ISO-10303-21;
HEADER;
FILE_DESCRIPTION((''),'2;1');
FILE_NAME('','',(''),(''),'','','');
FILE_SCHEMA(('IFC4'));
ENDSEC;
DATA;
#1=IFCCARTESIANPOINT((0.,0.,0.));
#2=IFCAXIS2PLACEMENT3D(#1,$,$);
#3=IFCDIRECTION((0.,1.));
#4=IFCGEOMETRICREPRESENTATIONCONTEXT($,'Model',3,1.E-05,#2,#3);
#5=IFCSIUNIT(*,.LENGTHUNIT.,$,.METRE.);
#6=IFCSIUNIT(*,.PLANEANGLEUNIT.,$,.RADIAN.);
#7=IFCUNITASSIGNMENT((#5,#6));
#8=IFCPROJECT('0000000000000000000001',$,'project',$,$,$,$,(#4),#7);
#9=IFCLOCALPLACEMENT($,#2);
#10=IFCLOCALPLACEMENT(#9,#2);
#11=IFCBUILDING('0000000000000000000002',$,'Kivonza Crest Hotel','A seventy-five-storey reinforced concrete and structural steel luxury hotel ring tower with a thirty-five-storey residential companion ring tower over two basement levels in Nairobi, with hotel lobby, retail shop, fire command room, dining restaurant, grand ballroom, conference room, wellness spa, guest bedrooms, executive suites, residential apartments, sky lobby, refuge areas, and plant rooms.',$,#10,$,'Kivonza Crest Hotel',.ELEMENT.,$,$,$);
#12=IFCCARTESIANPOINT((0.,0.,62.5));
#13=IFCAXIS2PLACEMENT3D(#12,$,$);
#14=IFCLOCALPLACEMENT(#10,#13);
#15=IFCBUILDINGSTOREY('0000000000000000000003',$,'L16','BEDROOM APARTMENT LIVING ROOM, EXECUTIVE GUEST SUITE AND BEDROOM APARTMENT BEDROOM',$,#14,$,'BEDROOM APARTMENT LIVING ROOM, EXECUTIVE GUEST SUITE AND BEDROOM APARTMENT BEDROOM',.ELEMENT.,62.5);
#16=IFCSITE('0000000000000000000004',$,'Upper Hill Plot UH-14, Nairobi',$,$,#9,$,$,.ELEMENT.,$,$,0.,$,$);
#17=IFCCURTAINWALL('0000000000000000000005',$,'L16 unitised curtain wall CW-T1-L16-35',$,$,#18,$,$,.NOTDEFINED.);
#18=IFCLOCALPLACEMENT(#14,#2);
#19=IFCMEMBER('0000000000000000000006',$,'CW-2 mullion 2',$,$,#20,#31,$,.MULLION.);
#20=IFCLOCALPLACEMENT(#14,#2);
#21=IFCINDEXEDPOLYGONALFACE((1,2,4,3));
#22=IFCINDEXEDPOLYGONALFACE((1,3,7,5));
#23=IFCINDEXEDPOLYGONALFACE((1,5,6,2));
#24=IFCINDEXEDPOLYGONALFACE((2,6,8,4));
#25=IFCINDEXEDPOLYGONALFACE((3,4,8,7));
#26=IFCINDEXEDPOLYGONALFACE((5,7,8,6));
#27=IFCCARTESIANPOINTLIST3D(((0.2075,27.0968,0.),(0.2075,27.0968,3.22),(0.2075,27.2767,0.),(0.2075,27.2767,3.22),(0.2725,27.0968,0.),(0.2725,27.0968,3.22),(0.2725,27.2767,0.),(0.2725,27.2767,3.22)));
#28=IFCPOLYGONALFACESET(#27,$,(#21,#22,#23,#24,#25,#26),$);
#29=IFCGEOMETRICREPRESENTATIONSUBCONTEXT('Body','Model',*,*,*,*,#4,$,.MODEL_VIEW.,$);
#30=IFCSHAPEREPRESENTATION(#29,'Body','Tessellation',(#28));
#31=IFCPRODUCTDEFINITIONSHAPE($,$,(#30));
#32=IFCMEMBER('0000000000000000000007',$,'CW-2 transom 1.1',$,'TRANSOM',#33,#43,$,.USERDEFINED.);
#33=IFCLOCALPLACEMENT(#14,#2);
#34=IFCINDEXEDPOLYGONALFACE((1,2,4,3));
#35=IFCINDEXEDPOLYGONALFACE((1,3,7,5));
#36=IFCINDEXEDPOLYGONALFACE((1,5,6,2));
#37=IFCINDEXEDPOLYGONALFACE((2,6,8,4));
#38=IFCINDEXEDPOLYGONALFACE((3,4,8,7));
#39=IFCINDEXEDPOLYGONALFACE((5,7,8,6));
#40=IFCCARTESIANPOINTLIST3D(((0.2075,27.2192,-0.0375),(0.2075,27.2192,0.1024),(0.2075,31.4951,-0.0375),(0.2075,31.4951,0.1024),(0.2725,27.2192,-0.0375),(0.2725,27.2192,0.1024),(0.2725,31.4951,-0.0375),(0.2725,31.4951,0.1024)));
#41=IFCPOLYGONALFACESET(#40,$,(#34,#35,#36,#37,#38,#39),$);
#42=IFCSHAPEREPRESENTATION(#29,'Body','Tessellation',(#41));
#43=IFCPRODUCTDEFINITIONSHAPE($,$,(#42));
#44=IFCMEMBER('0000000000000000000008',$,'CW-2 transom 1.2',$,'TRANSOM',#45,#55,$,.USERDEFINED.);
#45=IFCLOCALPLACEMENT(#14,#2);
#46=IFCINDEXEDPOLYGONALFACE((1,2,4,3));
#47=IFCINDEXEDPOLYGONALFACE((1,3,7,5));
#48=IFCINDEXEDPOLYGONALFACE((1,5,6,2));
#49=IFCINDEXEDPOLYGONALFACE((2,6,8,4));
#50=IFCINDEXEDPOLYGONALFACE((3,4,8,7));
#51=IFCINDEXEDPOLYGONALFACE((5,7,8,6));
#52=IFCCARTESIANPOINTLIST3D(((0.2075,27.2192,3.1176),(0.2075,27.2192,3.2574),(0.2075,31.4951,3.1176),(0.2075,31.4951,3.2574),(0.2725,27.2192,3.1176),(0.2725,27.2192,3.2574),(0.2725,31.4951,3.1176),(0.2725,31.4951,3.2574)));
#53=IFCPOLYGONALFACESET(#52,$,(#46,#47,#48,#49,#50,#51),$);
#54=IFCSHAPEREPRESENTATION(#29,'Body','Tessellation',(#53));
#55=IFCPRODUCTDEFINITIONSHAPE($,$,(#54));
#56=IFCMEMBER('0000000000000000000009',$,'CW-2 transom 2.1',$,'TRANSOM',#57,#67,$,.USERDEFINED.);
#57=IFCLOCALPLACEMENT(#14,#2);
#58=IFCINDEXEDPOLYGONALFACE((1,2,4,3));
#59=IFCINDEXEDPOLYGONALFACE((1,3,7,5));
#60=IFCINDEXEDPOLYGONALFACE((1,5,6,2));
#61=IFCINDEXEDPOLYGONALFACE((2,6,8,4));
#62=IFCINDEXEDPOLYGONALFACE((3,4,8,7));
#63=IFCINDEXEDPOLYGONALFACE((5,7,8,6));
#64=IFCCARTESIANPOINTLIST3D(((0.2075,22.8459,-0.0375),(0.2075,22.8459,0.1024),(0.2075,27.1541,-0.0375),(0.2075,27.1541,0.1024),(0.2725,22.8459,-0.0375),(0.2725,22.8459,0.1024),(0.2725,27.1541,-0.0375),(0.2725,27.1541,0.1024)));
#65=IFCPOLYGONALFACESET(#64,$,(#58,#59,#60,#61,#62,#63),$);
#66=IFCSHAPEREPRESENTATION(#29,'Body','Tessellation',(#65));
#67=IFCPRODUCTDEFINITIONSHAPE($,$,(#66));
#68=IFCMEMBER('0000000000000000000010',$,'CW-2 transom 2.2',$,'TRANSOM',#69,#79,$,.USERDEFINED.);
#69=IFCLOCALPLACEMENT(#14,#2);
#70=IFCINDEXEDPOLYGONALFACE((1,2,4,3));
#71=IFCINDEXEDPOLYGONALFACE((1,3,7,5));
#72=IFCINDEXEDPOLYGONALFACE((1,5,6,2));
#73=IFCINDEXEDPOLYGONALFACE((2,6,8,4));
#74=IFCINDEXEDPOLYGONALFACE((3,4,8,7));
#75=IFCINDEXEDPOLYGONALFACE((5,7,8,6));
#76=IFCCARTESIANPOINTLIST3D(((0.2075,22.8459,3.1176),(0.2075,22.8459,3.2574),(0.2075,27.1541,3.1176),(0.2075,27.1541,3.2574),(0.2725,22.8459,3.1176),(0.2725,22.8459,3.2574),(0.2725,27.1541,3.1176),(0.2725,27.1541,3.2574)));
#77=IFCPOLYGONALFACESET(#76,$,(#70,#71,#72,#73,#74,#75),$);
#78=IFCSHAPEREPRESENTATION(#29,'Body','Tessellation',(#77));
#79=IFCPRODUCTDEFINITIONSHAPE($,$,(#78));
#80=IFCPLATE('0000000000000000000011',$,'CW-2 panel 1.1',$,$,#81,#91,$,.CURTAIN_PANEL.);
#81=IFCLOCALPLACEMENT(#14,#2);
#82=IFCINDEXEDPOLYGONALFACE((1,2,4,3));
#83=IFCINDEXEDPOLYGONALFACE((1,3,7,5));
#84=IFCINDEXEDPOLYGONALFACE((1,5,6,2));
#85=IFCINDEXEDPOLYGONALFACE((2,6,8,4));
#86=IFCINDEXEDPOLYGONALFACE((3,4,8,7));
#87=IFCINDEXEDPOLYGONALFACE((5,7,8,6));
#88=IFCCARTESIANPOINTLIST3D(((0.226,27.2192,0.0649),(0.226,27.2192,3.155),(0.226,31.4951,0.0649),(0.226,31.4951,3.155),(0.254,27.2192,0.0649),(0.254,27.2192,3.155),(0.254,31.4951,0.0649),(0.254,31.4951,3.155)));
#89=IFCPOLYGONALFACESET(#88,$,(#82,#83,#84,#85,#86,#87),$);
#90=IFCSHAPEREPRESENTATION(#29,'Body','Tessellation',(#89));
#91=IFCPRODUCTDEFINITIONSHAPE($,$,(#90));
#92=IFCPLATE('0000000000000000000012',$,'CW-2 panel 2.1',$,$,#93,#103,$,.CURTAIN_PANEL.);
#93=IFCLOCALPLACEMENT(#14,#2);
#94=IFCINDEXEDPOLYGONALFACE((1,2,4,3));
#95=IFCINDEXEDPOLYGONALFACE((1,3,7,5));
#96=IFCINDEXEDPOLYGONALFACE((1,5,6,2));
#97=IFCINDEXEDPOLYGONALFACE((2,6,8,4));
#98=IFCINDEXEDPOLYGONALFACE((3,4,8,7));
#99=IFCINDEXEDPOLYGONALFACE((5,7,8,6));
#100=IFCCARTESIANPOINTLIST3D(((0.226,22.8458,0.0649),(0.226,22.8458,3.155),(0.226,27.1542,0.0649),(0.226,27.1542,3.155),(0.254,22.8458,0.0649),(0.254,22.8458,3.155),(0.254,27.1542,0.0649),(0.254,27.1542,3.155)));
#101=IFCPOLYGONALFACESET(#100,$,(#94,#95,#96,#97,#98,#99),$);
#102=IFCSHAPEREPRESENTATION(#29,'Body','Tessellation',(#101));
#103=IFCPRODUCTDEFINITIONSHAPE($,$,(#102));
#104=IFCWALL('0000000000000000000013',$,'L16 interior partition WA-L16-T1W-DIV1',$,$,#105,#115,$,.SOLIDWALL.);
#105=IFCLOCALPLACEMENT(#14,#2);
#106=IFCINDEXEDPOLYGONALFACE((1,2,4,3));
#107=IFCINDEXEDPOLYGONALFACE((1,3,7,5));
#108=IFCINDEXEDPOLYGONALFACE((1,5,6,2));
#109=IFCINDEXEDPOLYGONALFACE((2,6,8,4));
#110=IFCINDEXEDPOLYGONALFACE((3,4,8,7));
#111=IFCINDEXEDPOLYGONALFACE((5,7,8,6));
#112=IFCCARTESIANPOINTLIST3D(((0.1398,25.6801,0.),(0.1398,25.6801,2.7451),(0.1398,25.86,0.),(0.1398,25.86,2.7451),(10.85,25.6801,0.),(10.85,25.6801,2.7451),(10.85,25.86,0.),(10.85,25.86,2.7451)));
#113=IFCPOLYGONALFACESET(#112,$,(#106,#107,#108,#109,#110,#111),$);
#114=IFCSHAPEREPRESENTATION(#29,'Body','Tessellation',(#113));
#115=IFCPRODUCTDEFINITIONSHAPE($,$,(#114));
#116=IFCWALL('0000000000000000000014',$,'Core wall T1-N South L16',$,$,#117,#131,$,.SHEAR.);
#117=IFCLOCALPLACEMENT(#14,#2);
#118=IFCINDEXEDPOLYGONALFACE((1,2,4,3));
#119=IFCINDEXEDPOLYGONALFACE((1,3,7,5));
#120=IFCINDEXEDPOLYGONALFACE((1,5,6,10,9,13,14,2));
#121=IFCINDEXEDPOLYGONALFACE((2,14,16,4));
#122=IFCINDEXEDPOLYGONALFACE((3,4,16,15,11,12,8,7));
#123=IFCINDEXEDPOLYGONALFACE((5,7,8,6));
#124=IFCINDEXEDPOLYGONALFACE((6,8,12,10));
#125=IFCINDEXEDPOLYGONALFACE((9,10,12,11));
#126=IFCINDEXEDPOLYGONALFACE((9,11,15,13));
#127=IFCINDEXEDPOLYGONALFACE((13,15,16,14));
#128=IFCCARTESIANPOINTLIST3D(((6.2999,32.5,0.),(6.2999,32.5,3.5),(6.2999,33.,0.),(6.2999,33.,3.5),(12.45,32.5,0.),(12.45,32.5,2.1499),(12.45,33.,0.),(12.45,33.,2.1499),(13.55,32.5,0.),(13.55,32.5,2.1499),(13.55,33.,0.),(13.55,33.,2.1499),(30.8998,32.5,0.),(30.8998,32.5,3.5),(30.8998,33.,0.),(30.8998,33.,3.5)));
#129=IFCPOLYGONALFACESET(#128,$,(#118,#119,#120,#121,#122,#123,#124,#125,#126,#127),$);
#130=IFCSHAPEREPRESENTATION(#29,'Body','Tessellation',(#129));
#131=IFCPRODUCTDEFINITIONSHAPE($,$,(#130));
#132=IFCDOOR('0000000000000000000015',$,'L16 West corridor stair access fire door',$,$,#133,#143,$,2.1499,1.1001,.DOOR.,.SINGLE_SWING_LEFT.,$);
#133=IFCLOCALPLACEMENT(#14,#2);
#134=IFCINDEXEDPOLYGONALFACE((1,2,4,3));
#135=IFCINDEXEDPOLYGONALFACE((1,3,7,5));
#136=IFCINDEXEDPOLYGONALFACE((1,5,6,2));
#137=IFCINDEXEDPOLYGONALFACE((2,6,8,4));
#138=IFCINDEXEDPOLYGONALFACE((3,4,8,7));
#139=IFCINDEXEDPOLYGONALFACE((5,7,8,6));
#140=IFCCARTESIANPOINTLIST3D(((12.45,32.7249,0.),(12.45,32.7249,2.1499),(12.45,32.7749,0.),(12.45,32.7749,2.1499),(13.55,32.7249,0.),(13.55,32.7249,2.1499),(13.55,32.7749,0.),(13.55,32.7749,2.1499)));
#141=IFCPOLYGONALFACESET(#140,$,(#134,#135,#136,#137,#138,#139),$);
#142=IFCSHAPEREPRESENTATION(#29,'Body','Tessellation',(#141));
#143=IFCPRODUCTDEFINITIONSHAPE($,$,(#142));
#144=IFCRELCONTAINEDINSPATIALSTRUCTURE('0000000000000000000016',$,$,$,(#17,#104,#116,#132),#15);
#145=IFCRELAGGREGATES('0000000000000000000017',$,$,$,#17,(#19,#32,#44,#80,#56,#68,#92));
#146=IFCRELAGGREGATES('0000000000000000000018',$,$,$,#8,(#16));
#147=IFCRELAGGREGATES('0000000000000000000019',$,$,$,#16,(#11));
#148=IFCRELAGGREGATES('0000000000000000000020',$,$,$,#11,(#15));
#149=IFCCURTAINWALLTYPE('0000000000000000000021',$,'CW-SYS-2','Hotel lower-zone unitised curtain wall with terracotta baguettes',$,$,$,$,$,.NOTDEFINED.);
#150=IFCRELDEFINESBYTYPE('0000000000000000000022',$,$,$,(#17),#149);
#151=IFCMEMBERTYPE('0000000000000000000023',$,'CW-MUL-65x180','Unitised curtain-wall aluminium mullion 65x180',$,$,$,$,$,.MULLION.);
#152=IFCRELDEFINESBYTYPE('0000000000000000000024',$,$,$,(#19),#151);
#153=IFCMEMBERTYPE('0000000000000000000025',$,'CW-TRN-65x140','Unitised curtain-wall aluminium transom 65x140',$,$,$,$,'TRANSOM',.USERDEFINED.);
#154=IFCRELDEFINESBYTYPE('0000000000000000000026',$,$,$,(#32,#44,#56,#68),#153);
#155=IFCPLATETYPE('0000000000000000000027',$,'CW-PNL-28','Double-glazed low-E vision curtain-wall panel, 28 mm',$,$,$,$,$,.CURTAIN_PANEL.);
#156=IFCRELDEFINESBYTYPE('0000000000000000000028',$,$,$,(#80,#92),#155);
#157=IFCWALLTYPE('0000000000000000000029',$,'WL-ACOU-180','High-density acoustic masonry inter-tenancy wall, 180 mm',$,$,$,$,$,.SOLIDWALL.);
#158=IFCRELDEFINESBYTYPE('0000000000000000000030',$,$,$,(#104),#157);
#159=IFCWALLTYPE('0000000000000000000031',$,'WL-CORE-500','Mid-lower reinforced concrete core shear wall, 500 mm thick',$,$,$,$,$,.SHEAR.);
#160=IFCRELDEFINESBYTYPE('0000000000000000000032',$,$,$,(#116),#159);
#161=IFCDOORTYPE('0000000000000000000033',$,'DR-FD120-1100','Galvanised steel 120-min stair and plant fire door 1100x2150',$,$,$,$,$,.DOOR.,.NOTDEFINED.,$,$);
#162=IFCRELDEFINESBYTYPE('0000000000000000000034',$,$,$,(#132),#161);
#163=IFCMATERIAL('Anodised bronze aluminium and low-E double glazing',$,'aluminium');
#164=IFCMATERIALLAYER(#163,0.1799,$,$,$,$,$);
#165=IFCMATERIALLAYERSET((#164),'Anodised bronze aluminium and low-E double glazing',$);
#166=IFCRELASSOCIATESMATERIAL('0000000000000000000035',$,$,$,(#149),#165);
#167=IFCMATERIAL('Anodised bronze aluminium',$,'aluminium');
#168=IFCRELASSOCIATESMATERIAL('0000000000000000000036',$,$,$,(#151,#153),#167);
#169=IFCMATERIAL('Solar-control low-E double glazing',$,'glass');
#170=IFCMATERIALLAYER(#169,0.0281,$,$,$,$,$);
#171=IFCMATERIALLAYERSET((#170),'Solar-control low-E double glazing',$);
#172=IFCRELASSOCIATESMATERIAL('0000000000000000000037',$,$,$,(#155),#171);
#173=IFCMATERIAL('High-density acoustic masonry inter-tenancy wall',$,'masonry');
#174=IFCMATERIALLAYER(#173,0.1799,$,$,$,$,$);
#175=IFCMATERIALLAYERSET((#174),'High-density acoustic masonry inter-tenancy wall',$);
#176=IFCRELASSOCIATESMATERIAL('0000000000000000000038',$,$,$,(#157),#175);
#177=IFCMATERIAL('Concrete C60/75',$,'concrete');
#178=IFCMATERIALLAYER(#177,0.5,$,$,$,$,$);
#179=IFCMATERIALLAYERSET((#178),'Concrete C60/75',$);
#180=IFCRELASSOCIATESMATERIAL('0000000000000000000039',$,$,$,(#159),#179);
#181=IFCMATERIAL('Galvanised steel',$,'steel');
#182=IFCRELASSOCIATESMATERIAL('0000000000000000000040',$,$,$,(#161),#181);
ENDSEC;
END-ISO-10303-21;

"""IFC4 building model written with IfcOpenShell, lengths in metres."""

from ifc_helpers import new_model, si_unit, direction, frame, frame_2d, origin, origin_2d, place, context, subcontext, project, spatial, rectangle, extrude, material, layer, layer_set, material_profile, profile_set, type_object, element, fill, aggregate, save


model = new_model("IFC4")

# Units and contexts
model_context = context("Model", 3, precision=1e-05, world=origin(), true_north=direction((0.0, 1.0)))
body_context = subcontext(model_context, "Body", "Model", "MODEL_VIEW")
ifc_project = project(units=[si_unit("LENGTHUNIT", "METRE"), si_unit("PLANEANGLEUNIT", "RADIAN")], contexts=[model_context])

# Site, building, storey
site_placement = place(None, origin())
site = spatial("IfcSite", under=ifc_project, at=site_placement, Name="Upper Hill Plot UH-14, Nairobi", CompositionType="ELEMENT", RefElevation=0.0)
building_placement = place(site_placement, origin())
building = spatial("IfcBuilding", under=site, at=building_placement, Name="Kivonza Crest Hotel", Description="A seventy-five-storey reinforced concrete and structural steel luxury hotel ring tower with a thirty-five-storey residential companion ring tower over two basement levels in Nairobi, with hotel lobby, retail shop, fire command room, dining restaurant, grand ballroom, conference room, wellness spa, guest bedrooms, executive suites, residential apartments, sky lobby, refuge areas, and plant rooms.", LongName="Kivonza Crest Hotel", CompositionType="ELEMENT")
storey_placement = place(building_placement, frame((0.0, 0.0, 62.5)))
storey = spatial("IfcBuildingStorey", under=building, at=storey_placement, Name="L16", Description="BEDROOM APARTMENT LIVING ROOM, EXECUTIVE GUEST SUITE AND BEDROOM APARTMENT BEDROOM", LongName="BEDROOM APARTMENT LIVING ROOM, EXECUTIVE GUEST SUITE AND BEDROOM APARTMENT BEDROOM", CompositionType="ELEMENT", Elevation=62.5)

# Shared definitions
ifc_material_1 = material(Name="Concrete C60/75", Category="concrete")

# Curtain wall, members, plates
ifc_material_2 = material(Name="Anodised bronze aluminium and low-E double glazing", Category="aluminium")
ifc_layer_1 = layer(ifc_material_2, 0.1799)
ifc_layer_set_1 = layer_set([ifc_layer_1], Name="Anodised bronze aluminium and low-E double glazing")
curtain_wall_type = type_object("IfcCurtainWallType", Name="CW-SYS-2", Description="Hotel lower-zone unitised curtain wall with terracotta baguettes", PredefinedType="NOTDEFINED", material=ifc_layer_set_1)
curtain_wall_placement = place(storey_placement, origin())
curtain_wall = element("IfcCurtainWall", 1, at=curtain_wall_placement, inside=storey, type_object=curtain_wall_type, Name="L16 unitised curtain wall CW-T1-L16-35", PredefinedType="NOTDEFINED")
ifc_material_3 = material(Name="Anodised bronze aluminium", Category="aluminium")
ifc_material_profile_1 = material_profile(ifc_material_3, rectangle(XDim=0.0649, YDim=0.1799, at=origin_2d()), Name="CW-M 65x180")
ifc_profile_set_1 = profile_set([ifc_material_profile_1], Name="Anodised bronze aluminium")
member_type_1 = type_object("IfcMemberType", Name="CW-MUL-65x180", Description="Unitised curtain-wall aluminium mullion 65x180", PredefinedType="MULLION", material=ifc_profile_set_1)
member_1_placement = place(storey_placement, frame((0.24, 27.1868, 0.0), z_axis=(0.0, 0.0, 1.0), x_axis=(1.0, 0.0, 0.0)))
member_1 = element("IfcMember", 2, at=member_1_placement, type_object=member_type_1, Name="CW-2 mullion 2", PredefinedType="MULLION", context=body_context, shape_type="SweptSolid", body=[
    extrude(rectangle(XDim=0.0649, YDim=0.1799, at=origin_2d()), origin(), (0.0, 0.0, 1.0), 3.22),
])
ifc_material_profile_2 = material_profile(ifc_material_3, rectangle(XDim=0.0649, YDim=0.1399, at=origin_2d()), Name="CW-T 65x140")
ifc_profile_set_2 = profile_set([ifc_material_profile_2], Name="Anodised bronze aluminium")
member_type_2 = type_object("IfcMemberType", Name="CW-TRN-65x140", Description="Unitised curtain-wall aluminium transom 65x140", ElementType="TRANSOM", PredefinedType="USERDEFINED", material=ifc_profile_set_2)
member_2_placement = place(storey_placement, frame((0.24, 31.4951, 0.0325), z_axis=(0.0, -1.0, 0.0), x_axis=(1.0, 0.0, 0.0)))
member_2 = element("IfcMember", 3, at=member_2_placement, type_object=member_type_2, Name="CW-2 transom 1.1", ObjectType="TRANSOM", PredefinedType="USERDEFINED", context=body_context, shape_type="SweptSolid", body=[
    extrude(rectangle(XDim=0.0649, YDim=0.1399, at=origin_2d()), origin(), (0.0, 0.0, 1.0), 4.2759),
])
member_3_placement = place(storey_placement, frame((0.24, 31.4951, 3.1875), z_axis=(0.0, -1.0, 0.0), x_axis=(1.0, 0.0, 0.0)))
member_3 = element("IfcMember", 4, at=member_3_placement, type_object=member_type_2, Name="CW-2 transom 1.2", ObjectType="TRANSOM", PredefinedType="USERDEFINED", context=body_context, shape_type="SweptSolid", body=[
    extrude(rectangle(XDim=0.0649, YDim=0.1399, at=origin_2d()), origin(), (0.0, 0.0, 1.0), 4.2759),
])
member_4_placement = place(storey_placement, frame((0.24, 27.1541, 0.0325), z_axis=(0.0, -1.0, 0.0), x_axis=(1.0, 0.0, 0.0)))
member_4 = element("IfcMember", 5, at=member_4_placement, type_object=member_type_2, Name="CW-2 transom 2.1", ObjectType="TRANSOM", PredefinedType="USERDEFINED", context=body_context, shape_type="SweptSolid", body=[
    extrude(rectangle(XDim=0.0649, YDim=0.1399, at=origin_2d()), origin(), (0.0, 0.0, 1.0), 4.3081),
])
member_5_placement = place(storey_placement, frame((0.24, 27.1541, 3.1875), z_axis=(0.0, -1.0, 0.0), x_axis=(1.0, 0.0, 0.0)))
member_5 = element("IfcMember", 6, at=member_5_placement, type_object=member_type_2, Name="CW-2 transom 2.2", ObjectType="TRANSOM", PredefinedType="USERDEFINED", context=body_context, shape_type="SweptSolid", body=[
    extrude(rectangle(XDim=0.0649, YDim=0.1399, at=origin_2d()), origin(), (0.0, 0.0, 1.0), 4.3081),
])
ifc_material_4 = material(Name="Solar-control low-E double glazing", Category="glass")
ifc_layer_2 = layer(ifc_material_4, 0.0281)
ifc_layer_set_2 = layer_set([ifc_layer_2], Name="Solar-control low-E double glazing")
plate_type = type_object("IfcPlateType", Name="CW-PNL-28", Description="Double-glazed low-E vision curtain-wall panel, 28 mm", PredefinedType="CURTAIN_PANEL", material=ifc_layer_set_2)
plate_1_placement = place(storey_placement, frame((0.24, 29.3572, 0.0649), z_axis=(0.0, 0.0, 1.0), x_axis=(0.0, -1.0, 0.0)))
plate_1 = element("IfcPlate", 7, at=plate_1_placement, type_object=plate_type, Name="CW-2 panel 1.1", PredefinedType="CURTAIN_PANEL", context=body_context, shape_type="SweptSolid", body=[
    extrude(rectangle(XDim=4.2759, YDim=0.0281, at=origin_2d()), origin(), (0.0, 0.0, 1.0), 3.0901),
])
plate_2_placement = place(storey_placement, frame((0.24, 25.0, 0.0649), z_axis=(0.0, 0.0, 1.0), x_axis=(0.0, -1.0, 0.0)))
plate_2 = element("IfcPlate", 8, at=plate_2_placement, type_object=plate_type, Name="CW-2 panel 2.1", PredefinedType="CURTAIN_PANEL", context=body_context, shape_type="SweptSolid", body=[
    extrude(rectangle(XDim=4.3083, YDim=0.0281, at=origin_2d()), origin(), (0.0, 0.0, 1.0), 3.0901),
])
aggregate(curtain_wall, [member_1, member_2, member_3, plate_1, member_4, member_5, plate_2])

# Wall
ifc_material_5 = material(Name="High-density acoustic masonry inter-tenancy wall", Category="masonry")
ifc_layer_3 = layer(ifc_material_5, 0.1799)
ifc_layer_set_3 = layer_set([ifc_layer_3], Name="High-density acoustic masonry inter-tenancy wall")
wall_type_1 = type_object("IfcWallType", Name="WL-ACOU-180", Description="High-density acoustic masonry inter-tenancy wall, 180 mm", PredefinedType="SOLIDWALL", material=ifc_layer_set_3)
wall_1_placement = place(storey_placement, frame((0.1399, 25.77, 0.0), z_axis=(0.0, 0.0, 1.0), x_axis=(1.0, 0.0, 0.0)))
element("IfcWall", 9, at=wall_1_placement, inside=storey, type_object=wall_type_1, Name="L16 interior partition WA-L16-T1W-DIV1", PredefinedType="SOLIDWALL", context=body_context, shape_type="SweptSolid", body=[
    extrude(rectangle(XDim=10.7102, YDim=0.1799, at=frame_2d((5.355, 0.0))), origin(), (0.0, 0.0, 1.0), 2.7451),
])

# Wall, opening, door
ifc_layer_4 = layer(ifc_material_1, 0.5)
ifc_layer_set_4 = layer_set([ifc_layer_4], Name="Concrete C60/75")
wall_type_2 = type_object("IfcWallType", Name="WL-CORE-500", Description="Mid-lower reinforced concrete core shear wall, 500 mm thick", PredefinedType="SHEAR", material=ifc_layer_set_4)
wall_2_placement = place(storey_placement, frame((6.3, 32.75, 0.0), z_axis=(0.0, 0.0, 1.0), x_axis=(1.0, 0.0, 0.0)))
wall_2 = element("IfcWall", 10, at=wall_2_placement, inside=storey, type_object=wall_type_2, Name="Core wall T1-N South L16", PredefinedType="SHEAR", context=body_context, shape_type="SweptSolid", body=[
    extrude(rectangle(XDim=24.5999, YDim=0.5, at=frame_2d((12.2998, 0.0))), origin(), (0.0, 0.0, 1.0), 3.5),
])
opening_placement = place(wall_2_placement, frame((6.1499, 0.0, 0.0)))
opening = element("IfcOpeningElement", 11, at=opening_placement, cuts=wall_2, PredefinedType="OPENING", context=body_context, shape_type="SweptSolid", body=[
    extrude(rectangle(XDim=1.1001, YDim=2.1499, at=frame_2d((0.55, 1.075))), frame((0.0, 0.26, 0.0), z_axis=(0.0, -1.0, 0.0), x_axis=(1.0, 0.0, 0.0)), (0.0, 0.0, 1.0), 0.52),
])
ifc_material_6 = material(Name="Galvanised steel", Category="steel")
door_type = type_object("IfcDoorType", Name="DR-FD120-1100", Description="Galvanised steel 120-min stair and plant fire door 1100x2150", OperationType="NOTDEFINED", PredefinedType="DOOR", material=ifc_material_6)
door_placement = place(opening_placement, origin())
door = element("IfcDoor", 12, at=door_placement, inside=storey, type_object=door_type, Name="L16 West corridor stair access fire door", OperationType="SINGLE_SWING_LEFT", OverallHeight=2.1499, OverallWidth=1.1001, PredefinedType="DOOR", context=body_context, shape_type="SweptSolid", body=[
    extrude(rectangle(XDim=1.1001, YDim=2.1499, at=frame_2d((0.55, 1.075))), frame((0.0, 0.0249, 0.0), z_axis=(0.0, -1.0, 0.0), x_axis=(1.0, 0.0, 0.0)), (0.0, 0.0, 1.0), 0.05),
])
fill(opening, door)

save(model, "model.ifc")
